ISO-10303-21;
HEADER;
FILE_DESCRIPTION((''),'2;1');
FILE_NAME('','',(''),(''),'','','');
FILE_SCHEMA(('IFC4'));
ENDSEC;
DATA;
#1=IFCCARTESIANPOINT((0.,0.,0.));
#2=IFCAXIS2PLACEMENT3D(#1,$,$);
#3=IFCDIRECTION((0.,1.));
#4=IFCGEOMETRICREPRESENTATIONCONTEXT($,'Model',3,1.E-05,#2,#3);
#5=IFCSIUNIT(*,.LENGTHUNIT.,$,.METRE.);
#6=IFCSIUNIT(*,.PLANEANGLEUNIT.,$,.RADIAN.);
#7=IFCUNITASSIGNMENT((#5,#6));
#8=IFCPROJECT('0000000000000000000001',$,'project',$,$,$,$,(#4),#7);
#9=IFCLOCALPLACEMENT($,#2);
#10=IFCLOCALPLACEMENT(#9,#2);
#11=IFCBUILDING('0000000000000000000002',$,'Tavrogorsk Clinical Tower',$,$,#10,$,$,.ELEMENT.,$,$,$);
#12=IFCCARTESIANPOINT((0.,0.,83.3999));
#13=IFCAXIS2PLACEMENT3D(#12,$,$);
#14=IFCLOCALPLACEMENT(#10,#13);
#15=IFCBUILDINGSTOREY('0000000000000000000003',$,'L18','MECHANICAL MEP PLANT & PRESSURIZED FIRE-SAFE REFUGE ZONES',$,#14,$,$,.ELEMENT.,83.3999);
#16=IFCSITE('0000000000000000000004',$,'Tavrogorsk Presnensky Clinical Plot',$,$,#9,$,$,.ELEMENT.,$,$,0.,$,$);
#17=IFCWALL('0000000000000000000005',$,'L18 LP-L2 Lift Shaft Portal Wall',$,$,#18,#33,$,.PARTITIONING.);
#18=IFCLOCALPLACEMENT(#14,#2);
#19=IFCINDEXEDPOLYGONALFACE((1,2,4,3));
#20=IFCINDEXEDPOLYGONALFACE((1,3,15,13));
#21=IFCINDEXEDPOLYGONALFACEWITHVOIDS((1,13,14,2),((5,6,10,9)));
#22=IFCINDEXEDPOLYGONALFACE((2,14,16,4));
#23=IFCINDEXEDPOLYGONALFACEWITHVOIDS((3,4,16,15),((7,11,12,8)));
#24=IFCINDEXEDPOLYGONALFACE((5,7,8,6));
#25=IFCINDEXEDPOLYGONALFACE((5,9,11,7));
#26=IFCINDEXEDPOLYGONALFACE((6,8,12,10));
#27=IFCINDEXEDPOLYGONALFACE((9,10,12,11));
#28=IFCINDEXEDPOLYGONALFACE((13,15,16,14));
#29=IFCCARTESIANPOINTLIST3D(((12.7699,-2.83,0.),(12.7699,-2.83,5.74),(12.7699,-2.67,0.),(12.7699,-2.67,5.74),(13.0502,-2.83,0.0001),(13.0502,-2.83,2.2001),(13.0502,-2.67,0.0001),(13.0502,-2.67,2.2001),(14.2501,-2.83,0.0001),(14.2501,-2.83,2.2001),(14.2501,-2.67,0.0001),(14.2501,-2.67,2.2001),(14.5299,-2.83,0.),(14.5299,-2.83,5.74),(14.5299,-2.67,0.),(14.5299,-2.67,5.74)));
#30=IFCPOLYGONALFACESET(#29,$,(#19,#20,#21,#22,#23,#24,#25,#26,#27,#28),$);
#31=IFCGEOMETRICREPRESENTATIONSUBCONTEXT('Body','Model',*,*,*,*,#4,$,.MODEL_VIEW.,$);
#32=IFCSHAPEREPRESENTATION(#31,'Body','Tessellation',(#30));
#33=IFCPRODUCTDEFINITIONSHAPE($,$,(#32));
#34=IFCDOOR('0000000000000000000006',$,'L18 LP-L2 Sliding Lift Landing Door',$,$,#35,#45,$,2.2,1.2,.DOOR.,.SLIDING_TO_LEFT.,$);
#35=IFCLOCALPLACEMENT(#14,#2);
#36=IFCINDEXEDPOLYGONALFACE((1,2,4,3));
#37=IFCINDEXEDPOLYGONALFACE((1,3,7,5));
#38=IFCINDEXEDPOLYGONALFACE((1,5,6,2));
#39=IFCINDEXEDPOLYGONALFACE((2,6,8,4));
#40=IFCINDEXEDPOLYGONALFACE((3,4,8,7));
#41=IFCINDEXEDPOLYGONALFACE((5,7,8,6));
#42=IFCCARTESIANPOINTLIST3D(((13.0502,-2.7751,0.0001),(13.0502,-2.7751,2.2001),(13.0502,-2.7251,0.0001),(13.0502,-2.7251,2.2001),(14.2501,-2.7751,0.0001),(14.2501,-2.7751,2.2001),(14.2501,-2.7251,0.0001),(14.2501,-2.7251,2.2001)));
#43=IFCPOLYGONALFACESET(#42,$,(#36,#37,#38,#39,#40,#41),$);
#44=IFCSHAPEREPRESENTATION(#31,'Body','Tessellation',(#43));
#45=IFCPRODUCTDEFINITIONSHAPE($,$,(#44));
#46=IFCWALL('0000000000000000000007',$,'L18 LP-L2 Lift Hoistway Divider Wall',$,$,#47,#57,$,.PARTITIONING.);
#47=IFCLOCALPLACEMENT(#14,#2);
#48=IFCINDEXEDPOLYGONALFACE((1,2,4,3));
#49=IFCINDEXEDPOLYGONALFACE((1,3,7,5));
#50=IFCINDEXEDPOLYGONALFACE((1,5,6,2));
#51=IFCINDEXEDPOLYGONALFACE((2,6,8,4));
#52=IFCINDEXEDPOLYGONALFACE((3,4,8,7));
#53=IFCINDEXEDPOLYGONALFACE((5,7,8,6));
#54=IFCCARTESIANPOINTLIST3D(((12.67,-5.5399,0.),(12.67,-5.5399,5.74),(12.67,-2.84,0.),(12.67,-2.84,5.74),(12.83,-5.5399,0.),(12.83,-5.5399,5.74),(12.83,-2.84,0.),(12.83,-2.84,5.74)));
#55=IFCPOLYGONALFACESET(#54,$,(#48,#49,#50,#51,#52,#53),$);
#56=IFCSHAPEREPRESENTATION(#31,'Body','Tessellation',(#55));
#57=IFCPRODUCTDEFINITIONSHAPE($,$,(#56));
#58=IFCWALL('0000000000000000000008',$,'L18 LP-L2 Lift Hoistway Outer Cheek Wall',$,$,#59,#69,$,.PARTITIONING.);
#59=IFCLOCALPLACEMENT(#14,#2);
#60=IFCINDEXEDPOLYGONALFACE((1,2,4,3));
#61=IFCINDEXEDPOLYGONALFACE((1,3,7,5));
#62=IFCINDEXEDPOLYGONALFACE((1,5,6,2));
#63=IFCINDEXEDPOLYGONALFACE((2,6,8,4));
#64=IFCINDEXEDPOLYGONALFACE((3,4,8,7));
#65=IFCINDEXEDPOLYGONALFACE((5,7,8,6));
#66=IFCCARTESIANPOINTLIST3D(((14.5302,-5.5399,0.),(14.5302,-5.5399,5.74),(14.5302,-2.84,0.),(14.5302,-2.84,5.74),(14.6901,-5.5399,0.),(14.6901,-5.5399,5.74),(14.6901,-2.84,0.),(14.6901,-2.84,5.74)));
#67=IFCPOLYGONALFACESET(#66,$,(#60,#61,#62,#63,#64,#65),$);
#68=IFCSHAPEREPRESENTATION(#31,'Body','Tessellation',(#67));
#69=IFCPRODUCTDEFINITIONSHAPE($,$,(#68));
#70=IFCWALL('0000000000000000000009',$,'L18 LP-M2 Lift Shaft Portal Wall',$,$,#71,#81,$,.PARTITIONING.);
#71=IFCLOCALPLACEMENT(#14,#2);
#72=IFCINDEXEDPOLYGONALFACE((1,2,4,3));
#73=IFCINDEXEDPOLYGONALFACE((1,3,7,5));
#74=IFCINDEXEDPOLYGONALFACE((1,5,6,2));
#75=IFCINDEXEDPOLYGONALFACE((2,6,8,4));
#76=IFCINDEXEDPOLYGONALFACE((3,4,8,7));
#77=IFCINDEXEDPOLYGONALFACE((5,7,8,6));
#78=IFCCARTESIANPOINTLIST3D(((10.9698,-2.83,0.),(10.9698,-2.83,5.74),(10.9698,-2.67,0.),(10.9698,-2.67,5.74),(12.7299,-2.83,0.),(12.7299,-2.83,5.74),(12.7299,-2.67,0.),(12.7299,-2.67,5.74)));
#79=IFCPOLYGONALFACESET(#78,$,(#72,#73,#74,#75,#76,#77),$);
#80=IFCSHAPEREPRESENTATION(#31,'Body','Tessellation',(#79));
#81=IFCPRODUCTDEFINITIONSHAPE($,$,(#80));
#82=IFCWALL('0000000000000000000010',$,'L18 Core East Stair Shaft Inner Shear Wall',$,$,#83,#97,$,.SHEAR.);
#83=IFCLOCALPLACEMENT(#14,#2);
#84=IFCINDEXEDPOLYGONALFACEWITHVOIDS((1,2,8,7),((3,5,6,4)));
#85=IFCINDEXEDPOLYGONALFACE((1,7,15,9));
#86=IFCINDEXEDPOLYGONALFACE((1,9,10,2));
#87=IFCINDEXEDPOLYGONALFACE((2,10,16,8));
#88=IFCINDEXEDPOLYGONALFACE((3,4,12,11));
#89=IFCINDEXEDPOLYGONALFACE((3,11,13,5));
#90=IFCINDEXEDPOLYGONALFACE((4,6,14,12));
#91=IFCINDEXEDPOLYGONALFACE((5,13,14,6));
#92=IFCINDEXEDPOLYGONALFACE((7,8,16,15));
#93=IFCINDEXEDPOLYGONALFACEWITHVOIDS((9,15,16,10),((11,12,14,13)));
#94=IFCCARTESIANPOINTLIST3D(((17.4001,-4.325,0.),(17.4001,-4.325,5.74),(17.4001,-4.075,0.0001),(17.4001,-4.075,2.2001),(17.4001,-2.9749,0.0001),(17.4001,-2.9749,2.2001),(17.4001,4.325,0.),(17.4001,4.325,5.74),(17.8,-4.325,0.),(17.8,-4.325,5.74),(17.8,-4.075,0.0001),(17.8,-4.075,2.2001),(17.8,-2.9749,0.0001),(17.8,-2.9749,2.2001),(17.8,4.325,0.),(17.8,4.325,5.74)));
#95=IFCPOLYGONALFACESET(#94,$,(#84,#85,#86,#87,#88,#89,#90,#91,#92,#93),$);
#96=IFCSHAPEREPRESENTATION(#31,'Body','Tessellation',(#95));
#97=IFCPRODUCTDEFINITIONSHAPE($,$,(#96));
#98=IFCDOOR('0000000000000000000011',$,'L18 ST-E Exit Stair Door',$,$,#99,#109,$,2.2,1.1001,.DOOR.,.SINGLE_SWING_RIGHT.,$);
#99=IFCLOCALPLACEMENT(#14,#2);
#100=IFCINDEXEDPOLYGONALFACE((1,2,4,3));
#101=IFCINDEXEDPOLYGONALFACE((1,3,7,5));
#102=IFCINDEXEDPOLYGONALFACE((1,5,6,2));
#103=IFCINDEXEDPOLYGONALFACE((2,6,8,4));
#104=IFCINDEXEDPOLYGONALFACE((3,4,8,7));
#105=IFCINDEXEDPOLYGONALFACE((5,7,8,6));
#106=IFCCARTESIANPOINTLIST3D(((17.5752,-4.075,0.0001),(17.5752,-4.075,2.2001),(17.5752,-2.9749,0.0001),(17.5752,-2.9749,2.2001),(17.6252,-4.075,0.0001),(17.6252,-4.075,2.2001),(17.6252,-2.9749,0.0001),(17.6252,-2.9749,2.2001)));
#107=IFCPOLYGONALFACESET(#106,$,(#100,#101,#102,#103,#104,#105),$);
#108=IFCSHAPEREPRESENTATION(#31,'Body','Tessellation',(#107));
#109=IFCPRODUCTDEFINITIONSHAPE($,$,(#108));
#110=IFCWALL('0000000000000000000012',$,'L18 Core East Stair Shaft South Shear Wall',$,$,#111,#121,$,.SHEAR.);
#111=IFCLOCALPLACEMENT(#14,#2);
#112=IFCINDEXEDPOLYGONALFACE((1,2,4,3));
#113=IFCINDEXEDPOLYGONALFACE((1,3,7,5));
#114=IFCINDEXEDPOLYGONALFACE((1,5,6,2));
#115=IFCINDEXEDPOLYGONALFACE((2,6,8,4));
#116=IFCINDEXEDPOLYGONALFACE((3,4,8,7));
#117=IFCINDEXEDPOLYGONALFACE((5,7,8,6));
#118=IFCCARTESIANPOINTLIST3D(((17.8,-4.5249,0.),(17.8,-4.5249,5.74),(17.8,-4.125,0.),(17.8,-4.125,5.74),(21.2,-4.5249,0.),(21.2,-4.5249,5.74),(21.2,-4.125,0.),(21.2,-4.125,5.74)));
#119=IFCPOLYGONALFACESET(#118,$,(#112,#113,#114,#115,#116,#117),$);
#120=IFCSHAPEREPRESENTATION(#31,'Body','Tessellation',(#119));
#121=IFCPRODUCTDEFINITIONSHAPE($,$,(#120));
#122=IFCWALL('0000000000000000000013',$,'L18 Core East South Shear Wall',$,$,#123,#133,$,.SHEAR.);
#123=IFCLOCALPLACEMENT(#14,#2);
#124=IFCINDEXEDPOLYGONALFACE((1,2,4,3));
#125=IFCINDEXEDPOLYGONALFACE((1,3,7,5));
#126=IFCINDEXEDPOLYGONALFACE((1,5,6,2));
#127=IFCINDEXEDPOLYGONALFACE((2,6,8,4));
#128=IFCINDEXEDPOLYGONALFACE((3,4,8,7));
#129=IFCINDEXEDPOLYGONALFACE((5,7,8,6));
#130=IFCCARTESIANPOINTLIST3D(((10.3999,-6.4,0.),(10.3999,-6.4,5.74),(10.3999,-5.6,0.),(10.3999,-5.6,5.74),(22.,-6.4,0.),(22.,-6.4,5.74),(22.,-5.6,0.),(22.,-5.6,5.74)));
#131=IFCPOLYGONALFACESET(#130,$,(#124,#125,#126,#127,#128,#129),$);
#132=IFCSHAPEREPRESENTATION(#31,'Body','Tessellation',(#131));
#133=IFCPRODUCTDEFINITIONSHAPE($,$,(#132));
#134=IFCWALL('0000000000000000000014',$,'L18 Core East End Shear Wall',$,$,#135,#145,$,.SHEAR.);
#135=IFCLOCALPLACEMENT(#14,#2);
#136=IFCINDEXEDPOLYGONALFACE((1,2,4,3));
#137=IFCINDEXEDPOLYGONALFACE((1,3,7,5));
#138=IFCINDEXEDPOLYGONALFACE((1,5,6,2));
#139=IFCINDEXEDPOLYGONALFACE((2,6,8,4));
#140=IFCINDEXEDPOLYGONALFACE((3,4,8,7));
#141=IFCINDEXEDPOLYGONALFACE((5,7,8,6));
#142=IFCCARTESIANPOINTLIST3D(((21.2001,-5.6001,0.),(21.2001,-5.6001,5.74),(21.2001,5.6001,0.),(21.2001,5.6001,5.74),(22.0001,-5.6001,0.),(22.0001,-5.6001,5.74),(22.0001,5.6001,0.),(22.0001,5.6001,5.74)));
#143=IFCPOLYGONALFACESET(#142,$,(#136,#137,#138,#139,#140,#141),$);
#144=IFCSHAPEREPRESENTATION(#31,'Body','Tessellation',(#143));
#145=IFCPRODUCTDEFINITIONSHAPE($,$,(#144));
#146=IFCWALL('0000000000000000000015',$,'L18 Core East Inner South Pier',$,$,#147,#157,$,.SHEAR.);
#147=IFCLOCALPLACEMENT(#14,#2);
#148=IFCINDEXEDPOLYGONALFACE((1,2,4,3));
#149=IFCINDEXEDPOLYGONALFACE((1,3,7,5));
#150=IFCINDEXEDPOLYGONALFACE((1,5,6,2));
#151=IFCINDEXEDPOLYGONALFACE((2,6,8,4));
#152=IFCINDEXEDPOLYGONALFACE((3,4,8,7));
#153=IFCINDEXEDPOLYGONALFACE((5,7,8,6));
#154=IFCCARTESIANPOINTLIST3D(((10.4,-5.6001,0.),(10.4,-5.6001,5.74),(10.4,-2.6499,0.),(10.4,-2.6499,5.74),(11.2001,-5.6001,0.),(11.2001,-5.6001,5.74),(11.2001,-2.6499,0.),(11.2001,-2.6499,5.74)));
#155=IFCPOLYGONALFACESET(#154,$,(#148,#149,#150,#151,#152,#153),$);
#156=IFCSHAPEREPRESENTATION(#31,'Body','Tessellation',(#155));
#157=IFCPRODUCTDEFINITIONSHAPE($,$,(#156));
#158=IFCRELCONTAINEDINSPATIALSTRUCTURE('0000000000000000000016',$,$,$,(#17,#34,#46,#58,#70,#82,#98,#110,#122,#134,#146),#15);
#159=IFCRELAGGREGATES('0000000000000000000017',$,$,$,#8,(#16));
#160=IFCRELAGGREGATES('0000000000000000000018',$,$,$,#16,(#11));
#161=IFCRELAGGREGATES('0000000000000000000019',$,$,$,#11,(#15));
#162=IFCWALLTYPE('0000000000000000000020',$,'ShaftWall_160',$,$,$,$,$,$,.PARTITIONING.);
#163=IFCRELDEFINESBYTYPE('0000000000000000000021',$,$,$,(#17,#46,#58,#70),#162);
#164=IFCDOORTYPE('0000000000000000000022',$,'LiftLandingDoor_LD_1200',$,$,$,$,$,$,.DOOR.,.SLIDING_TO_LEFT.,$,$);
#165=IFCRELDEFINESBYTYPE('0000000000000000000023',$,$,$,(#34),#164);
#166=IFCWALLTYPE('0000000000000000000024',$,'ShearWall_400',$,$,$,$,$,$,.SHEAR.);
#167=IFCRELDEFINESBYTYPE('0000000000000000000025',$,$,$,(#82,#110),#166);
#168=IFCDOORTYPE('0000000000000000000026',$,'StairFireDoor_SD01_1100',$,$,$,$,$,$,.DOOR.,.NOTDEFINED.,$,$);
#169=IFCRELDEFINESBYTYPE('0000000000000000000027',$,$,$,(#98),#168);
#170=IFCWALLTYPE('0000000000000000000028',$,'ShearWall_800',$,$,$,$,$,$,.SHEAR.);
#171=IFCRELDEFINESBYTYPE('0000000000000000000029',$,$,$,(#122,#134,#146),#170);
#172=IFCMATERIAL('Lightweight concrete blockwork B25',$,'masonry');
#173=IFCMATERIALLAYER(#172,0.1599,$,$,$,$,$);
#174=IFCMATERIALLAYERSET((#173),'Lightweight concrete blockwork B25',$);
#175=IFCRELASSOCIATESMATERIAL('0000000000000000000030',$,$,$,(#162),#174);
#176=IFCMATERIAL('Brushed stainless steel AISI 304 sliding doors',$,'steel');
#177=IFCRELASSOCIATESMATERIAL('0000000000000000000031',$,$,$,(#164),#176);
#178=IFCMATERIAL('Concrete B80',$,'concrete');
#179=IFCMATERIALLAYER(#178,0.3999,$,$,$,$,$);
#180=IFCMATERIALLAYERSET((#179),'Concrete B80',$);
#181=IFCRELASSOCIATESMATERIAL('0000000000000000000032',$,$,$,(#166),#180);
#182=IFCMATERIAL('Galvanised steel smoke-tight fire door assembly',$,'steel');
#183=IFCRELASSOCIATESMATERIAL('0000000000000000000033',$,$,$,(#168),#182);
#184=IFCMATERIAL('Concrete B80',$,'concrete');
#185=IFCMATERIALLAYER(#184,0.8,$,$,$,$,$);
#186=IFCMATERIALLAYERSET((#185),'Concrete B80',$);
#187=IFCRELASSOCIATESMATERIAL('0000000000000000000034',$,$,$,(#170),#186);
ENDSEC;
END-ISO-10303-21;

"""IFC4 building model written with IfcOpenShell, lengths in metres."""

from ifc_helpers import new_model, si_unit, direction, frame, frame_2d, origin, place, context, subcontext, project, spatial, rectangle, extrude, material, layer, layer_set, type_object, element, fill, save


model = new_model("IFC4")

# Units and contexts
model_context = context("Model", 3, precision=1e-05, world=origin(), true_north=direction((0.0, 1.0)))
body_context = subcontext(model_context, "Body", "Model", "MODEL_VIEW")
ifc_project = project(units=[si_unit("LENGTHUNIT", "METRE"), si_unit("PLANEANGLEUNIT", "RADIAN")], contexts=[model_context])

# Site, building, storey
site_placement = place(None, origin())
site = spatial("IfcSite", under=ifc_project, at=site_placement, Name="Tavrogorsk Presnensky Clinical Plot", CompositionType="ELEMENT", RefElevation=0.0)
building_placement = place(site_placement, origin())
building = spatial("IfcBuilding", under=site, at=building_placement, Name="Tavrogorsk Clinical Tower", CompositionType="ELEMENT")
storey_placement = place(building_placement, frame((0.0, 0.0, 83.3999)))
storey = spatial("IfcBuildingStorey", under=building, at=storey_placement, Name="L18", Description="MECHANICAL MEP PLANT & PRESSURIZED FIRE-SAFE REFUGE ZONES", CompositionType="ELEMENT", Elevation=83.3999)

# Wall, opening, door
ifc_material_1 = material(Name="Lightweight concrete blockwork B25", Category="masonry")
ifc_layer_1 = layer(ifc_material_1, 0.1599)
ifc_layer_set_1 = layer_set([ifc_layer_1], Name="Lightweight concrete blockwork B25")
wall_type_1 = type_object("IfcWallType", Name="ShaftWall_160", PredefinedType="PARTITIONING", material=ifc_layer_set_1)
wall_1_placement = place(storey_placement, frame((12.77, -2.75, 0.0), z_axis=(0.0, 0.0, 1.0), x_axis=(1.0, 0.0, 0.0)))
wall_1 = element("IfcWall", 1, at=wall_1_placement, inside=storey, type_object=wall_type_1, Name="L18 LP-L2 Lift Shaft Portal Wall", PredefinedType="PARTITIONING", context=body_context, shape_type="SweptSolid", body=[
    extrude(rectangle(XDim=1.76, YDim=0.1599, at=frame_2d((0.8799, 0.0))), origin(), (0.0, 0.0, 1.0), 5.74),
])
opening_1_placement = place(wall_1_placement, frame((0.28, 0.0, 0.0)))
opening_1 = element("IfcOpeningElement", 2, at=opening_1_placement, cuts=wall_1, PredefinedType="OPENING", context=body_context, shape_type="SweptSolid", body=[
    extrude(rectangle(XDim=1.2, YDim=2.2, at=frame_2d((0.6001, 1.1001))), frame((0.0, 0.0898, 0.0), z_axis=(0.0, -1.0, 0.0), x_axis=(1.0, 0.0, 0.0)), (0.0, 0.0, 1.0), 0.1799),
])
ifc_material_2 = material(Name="Brushed stainless steel AISI 304 sliding doors", Category="steel")
door_type_1 = type_object("IfcDoorType", Name="LiftLandingDoor_LD_1200", OperationType="SLIDING_TO_LEFT", PredefinedType="DOOR", material=ifc_material_2)
door_1_placement = place(opening_1_placement, origin())
door_1 = element("IfcDoor", 3, at=door_1_placement, inside=storey, type_object=door_type_1, Name="L18 LP-L2 Sliding Lift Landing Door", OperationType="SLIDING_TO_LEFT", OverallHeight=2.2, OverallWidth=1.2, PredefinedType="DOOR", context=body_context, shape_type="SweptSolid", body=[
    extrude(rectangle(XDim=1.2, YDim=2.2, at=frame_2d((0.6001, 1.1001))), frame((0.0, 0.0249, 0.0), z_axis=(0.0, -1.0, 0.0), x_axis=(1.0, 0.0, 0.0)), (0.0, 0.0, 1.0), 0.05),
])
fill(opening_1, door_1)

# Walls
for number, where, z_axis, x_axis, name in (
    (4, (12.75, -5.54, 0.0), (0.0, 0.0, 1.0), (0.0, 1.0, 0.0), "L18 LP-L2 Lift Hoistway Divider Wall"),
    (5, (14.6101, -5.54, 0.0), (0.0, 0.0, 1.0), (0.0, 1.0, 0.0), "L18 LP-L2 Lift Hoistway Outer Cheek Wall"),
):
    element("IfcWall", number, at=place(storey_placement, frame(where, z_axis=z_axis, x_axis=x_axis)), inside=storey, type_object=wall_type_1, Name=name, PredefinedType="PARTITIONING", context=body_context, shape_type="SweptSolid", body=[
        extrude(rectangle(XDim=2.7, YDim=0.1599, at=frame_2d((1.3501, 0.0))), origin(), (0.0, 0.0, 1.0), 5.74),
    ])
wall_2_placement = place(storey_placement, frame((10.97, -2.75, 0.0), z_axis=(0.0, 0.0, 1.0), x_axis=(1.0, 0.0, 0.0)))
element("IfcWall", 6, at=wall_2_placement, inside=storey, type_object=wall_type_1, Name="L18 LP-M2 Lift Shaft Portal Wall", PredefinedType="PARTITIONING", context=body_context, shape_type="SweptSolid", body=[
    extrude(rectangle(XDim=1.76, YDim=0.1599, at=frame_2d((0.8799, 0.0))), origin(), (0.0, 0.0, 1.0), 5.74),
])

# Wall, opening, door
ifc_material_3 = material(Name="Concrete B80", Category="concrete")
ifc_layer_2 = layer(ifc_material_3, 0.3999)
ifc_layer_set_2 = layer_set([ifc_layer_2], Name="Concrete B80")
wall_type_2 = type_object("IfcWallType", Name="ShearWall_400", PredefinedType="SHEAR", material=ifc_layer_set_2)
wall_3_placement = place(storey_placement, frame((17.6001, -4.325, 0.0), z_axis=(0.0, 0.0, 1.0), x_axis=(0.0, 1.0, 0.0)))
wall_3 = element("IfcWall", 7, at=wall_3_placement, inside=storey, type_object=wall_type_2, Name="L18 Core East Stair Shaft Inner Shear Wall", PredefinedType="SHEAR", context=body_context, shape_type="SweptSolid", body=[
    extrude(rectangle(XDim=8.6499, YDim=0.3999, at=frame_2d((4.325, 0.0))), origin(), (0.0, 0.0, 1.0), 5.74),
])
opening_2_placement = place(wall_3_placement, frame((0.25, 0.0, 0.0)))
opening_2 = element("IfcOpeningElement", 8, at=opening_2_placement, cuts=wall_3, PredefinedType="OPENING", context=body_context, shape_type="SweptSolid", body=[
    extrude(rectangle(XDim=1.1001, YDim=2.2, at=frame_2d((0.55, 1.1001))), frame((0.0, 0.21, 0.0), z_axis=(0.0, -1.0, 0.0), x_axis=(1.0, 0.0, 0.0)), (0.0, 0.0, 1.0), 0.4199),
])
ifc_material_4 = material(Name="Galvanised steel smoke-tight fire door assembly", Category="steel")
door_type_2 = type_object("IfcDoorType", Name="StairFireDoor_SD01_1100", OperationType="NOTDEFINED", PredefinedType="DOOR", material=ifc_material_4)
door_2_placement = place(opening_2_placement, origin())
door_2 = element("IfcDoor", 9, at=door_2_placement, inside=storey, type_object=door_type_2, Name="L18 ST-E Exit Stair Door", OperationType="SINGLE_SWING_RIGHT", OverallHeight=2.2, OverallWidth=1.1001, PredefinedType="DOOR", context=body_context, shape_type="SweptSolid", body=[
    extrude(rectangle(XDim=1.1001, YDim=2.2, at=frame_2d((0.55, 1.1001))), frame((0.0, 0.0249, 0.0), z_axis=(0.0, -1.0, 0.0), x_axis=(1.0, 0.0, 0.0)), (0.0, 0.0, 1.0), 0.05),
])
fill(opening_2, door_2)

# Walls
wall_4_placement = place(storey_placement, frame((17.8, -4.325, 0.0), z_axis=(0.0, 0.0, 1.0), x_axis=(1.0, 0.0, 0.0)))
element("IfcWall", 10, at=wall_4_placement, inside=storey, type_object=wall_type_2, Name="L18 Core East Stair Shaft South Shear Wall", PredefinedType="SHEAR", context=body_context, shape_type="SweptSolid", body=[
    extrude(rectangle(XDim=3.3999, YDim=0.3999, at=frame_2d((1.7, 0.0))), origin(), (0.0, 0.0, 1.0), 5.74),
])
ifc_material_5 = material(Name="Concrete B80", Category="concrete")
ifc_layer_3 = layer(ifc_material_5, 0.8)
ifc_layer_set_3 = layer_set([ifc_layer_3], Name="Concrete B80")
wall_type_3 = type_object("IfcWallType", Name="ShearWall_800", PredefinedType="SHEAR", material=ifc_layer_set_3)
wall_5_placement = place(storey_placement, frame((10.3999, -6.0, 0.0), z_axis=(0.0, 0.0, 1.0), x_axis=(1.0, 0.0, 0.0)))
element("IfcWall", 11, at=wall_5_placement, inside=storey, type_object=wall_type_3, Name="L18 Core East South Shear Wall", PredefinedType="SHEAR", context=body_context, shape_type="SweptSolid", body=[
    extrude(rectangle(XDim=11.6001, YDim=0.8, at=frame_2d((5.8, 0.0))), origin(), (0.0, 0.0, 1.0), 5.74),
])
wall_6_placement = place(storey_placement, frame((21.6001, -5.6001, 0.0), z_axis=(0.0, 0.0, 1.0), x_axis=(0.0, 1.0, 0.0)))
element("IfcWall", 12, at=wall_6_placement, inside=storey, type_object=wall_type_3, Name="L18 Core East End Shear Wall", PredefinedType="SHEAR", context=body_context, shape_type="SweptSolid", body=[
    extrude(rectangle(XDim=11.2002, YDim=0.8, at=frame_2d((5.6001, 0.0))), origin(), (0.0, 0.0, 1.0), 5.74),
])
wall_7_placement = place(storey_placement, frame((10.8, -5.6001, 0.0), z_axis=(0.0, 0.0, 1.0), x_axis=(0.0, 1.0, 0.0)))
element("IfcWall", 13, at=wall_7_placement, inside=storey, type_object=wall_type_3, Name="L18 Core East Inner South Pier", PredefinedType="SHEAR", context=body_context, shape_type="SweptSolid", body=[
    extrude(rectangle(XDim=2.9502, YDim=0.8, at=frame_2d((1.4751, 0.0))), origin(), (0.0, 0.0, 1.0), 5.74),
])

save(model, "model.ifc")
